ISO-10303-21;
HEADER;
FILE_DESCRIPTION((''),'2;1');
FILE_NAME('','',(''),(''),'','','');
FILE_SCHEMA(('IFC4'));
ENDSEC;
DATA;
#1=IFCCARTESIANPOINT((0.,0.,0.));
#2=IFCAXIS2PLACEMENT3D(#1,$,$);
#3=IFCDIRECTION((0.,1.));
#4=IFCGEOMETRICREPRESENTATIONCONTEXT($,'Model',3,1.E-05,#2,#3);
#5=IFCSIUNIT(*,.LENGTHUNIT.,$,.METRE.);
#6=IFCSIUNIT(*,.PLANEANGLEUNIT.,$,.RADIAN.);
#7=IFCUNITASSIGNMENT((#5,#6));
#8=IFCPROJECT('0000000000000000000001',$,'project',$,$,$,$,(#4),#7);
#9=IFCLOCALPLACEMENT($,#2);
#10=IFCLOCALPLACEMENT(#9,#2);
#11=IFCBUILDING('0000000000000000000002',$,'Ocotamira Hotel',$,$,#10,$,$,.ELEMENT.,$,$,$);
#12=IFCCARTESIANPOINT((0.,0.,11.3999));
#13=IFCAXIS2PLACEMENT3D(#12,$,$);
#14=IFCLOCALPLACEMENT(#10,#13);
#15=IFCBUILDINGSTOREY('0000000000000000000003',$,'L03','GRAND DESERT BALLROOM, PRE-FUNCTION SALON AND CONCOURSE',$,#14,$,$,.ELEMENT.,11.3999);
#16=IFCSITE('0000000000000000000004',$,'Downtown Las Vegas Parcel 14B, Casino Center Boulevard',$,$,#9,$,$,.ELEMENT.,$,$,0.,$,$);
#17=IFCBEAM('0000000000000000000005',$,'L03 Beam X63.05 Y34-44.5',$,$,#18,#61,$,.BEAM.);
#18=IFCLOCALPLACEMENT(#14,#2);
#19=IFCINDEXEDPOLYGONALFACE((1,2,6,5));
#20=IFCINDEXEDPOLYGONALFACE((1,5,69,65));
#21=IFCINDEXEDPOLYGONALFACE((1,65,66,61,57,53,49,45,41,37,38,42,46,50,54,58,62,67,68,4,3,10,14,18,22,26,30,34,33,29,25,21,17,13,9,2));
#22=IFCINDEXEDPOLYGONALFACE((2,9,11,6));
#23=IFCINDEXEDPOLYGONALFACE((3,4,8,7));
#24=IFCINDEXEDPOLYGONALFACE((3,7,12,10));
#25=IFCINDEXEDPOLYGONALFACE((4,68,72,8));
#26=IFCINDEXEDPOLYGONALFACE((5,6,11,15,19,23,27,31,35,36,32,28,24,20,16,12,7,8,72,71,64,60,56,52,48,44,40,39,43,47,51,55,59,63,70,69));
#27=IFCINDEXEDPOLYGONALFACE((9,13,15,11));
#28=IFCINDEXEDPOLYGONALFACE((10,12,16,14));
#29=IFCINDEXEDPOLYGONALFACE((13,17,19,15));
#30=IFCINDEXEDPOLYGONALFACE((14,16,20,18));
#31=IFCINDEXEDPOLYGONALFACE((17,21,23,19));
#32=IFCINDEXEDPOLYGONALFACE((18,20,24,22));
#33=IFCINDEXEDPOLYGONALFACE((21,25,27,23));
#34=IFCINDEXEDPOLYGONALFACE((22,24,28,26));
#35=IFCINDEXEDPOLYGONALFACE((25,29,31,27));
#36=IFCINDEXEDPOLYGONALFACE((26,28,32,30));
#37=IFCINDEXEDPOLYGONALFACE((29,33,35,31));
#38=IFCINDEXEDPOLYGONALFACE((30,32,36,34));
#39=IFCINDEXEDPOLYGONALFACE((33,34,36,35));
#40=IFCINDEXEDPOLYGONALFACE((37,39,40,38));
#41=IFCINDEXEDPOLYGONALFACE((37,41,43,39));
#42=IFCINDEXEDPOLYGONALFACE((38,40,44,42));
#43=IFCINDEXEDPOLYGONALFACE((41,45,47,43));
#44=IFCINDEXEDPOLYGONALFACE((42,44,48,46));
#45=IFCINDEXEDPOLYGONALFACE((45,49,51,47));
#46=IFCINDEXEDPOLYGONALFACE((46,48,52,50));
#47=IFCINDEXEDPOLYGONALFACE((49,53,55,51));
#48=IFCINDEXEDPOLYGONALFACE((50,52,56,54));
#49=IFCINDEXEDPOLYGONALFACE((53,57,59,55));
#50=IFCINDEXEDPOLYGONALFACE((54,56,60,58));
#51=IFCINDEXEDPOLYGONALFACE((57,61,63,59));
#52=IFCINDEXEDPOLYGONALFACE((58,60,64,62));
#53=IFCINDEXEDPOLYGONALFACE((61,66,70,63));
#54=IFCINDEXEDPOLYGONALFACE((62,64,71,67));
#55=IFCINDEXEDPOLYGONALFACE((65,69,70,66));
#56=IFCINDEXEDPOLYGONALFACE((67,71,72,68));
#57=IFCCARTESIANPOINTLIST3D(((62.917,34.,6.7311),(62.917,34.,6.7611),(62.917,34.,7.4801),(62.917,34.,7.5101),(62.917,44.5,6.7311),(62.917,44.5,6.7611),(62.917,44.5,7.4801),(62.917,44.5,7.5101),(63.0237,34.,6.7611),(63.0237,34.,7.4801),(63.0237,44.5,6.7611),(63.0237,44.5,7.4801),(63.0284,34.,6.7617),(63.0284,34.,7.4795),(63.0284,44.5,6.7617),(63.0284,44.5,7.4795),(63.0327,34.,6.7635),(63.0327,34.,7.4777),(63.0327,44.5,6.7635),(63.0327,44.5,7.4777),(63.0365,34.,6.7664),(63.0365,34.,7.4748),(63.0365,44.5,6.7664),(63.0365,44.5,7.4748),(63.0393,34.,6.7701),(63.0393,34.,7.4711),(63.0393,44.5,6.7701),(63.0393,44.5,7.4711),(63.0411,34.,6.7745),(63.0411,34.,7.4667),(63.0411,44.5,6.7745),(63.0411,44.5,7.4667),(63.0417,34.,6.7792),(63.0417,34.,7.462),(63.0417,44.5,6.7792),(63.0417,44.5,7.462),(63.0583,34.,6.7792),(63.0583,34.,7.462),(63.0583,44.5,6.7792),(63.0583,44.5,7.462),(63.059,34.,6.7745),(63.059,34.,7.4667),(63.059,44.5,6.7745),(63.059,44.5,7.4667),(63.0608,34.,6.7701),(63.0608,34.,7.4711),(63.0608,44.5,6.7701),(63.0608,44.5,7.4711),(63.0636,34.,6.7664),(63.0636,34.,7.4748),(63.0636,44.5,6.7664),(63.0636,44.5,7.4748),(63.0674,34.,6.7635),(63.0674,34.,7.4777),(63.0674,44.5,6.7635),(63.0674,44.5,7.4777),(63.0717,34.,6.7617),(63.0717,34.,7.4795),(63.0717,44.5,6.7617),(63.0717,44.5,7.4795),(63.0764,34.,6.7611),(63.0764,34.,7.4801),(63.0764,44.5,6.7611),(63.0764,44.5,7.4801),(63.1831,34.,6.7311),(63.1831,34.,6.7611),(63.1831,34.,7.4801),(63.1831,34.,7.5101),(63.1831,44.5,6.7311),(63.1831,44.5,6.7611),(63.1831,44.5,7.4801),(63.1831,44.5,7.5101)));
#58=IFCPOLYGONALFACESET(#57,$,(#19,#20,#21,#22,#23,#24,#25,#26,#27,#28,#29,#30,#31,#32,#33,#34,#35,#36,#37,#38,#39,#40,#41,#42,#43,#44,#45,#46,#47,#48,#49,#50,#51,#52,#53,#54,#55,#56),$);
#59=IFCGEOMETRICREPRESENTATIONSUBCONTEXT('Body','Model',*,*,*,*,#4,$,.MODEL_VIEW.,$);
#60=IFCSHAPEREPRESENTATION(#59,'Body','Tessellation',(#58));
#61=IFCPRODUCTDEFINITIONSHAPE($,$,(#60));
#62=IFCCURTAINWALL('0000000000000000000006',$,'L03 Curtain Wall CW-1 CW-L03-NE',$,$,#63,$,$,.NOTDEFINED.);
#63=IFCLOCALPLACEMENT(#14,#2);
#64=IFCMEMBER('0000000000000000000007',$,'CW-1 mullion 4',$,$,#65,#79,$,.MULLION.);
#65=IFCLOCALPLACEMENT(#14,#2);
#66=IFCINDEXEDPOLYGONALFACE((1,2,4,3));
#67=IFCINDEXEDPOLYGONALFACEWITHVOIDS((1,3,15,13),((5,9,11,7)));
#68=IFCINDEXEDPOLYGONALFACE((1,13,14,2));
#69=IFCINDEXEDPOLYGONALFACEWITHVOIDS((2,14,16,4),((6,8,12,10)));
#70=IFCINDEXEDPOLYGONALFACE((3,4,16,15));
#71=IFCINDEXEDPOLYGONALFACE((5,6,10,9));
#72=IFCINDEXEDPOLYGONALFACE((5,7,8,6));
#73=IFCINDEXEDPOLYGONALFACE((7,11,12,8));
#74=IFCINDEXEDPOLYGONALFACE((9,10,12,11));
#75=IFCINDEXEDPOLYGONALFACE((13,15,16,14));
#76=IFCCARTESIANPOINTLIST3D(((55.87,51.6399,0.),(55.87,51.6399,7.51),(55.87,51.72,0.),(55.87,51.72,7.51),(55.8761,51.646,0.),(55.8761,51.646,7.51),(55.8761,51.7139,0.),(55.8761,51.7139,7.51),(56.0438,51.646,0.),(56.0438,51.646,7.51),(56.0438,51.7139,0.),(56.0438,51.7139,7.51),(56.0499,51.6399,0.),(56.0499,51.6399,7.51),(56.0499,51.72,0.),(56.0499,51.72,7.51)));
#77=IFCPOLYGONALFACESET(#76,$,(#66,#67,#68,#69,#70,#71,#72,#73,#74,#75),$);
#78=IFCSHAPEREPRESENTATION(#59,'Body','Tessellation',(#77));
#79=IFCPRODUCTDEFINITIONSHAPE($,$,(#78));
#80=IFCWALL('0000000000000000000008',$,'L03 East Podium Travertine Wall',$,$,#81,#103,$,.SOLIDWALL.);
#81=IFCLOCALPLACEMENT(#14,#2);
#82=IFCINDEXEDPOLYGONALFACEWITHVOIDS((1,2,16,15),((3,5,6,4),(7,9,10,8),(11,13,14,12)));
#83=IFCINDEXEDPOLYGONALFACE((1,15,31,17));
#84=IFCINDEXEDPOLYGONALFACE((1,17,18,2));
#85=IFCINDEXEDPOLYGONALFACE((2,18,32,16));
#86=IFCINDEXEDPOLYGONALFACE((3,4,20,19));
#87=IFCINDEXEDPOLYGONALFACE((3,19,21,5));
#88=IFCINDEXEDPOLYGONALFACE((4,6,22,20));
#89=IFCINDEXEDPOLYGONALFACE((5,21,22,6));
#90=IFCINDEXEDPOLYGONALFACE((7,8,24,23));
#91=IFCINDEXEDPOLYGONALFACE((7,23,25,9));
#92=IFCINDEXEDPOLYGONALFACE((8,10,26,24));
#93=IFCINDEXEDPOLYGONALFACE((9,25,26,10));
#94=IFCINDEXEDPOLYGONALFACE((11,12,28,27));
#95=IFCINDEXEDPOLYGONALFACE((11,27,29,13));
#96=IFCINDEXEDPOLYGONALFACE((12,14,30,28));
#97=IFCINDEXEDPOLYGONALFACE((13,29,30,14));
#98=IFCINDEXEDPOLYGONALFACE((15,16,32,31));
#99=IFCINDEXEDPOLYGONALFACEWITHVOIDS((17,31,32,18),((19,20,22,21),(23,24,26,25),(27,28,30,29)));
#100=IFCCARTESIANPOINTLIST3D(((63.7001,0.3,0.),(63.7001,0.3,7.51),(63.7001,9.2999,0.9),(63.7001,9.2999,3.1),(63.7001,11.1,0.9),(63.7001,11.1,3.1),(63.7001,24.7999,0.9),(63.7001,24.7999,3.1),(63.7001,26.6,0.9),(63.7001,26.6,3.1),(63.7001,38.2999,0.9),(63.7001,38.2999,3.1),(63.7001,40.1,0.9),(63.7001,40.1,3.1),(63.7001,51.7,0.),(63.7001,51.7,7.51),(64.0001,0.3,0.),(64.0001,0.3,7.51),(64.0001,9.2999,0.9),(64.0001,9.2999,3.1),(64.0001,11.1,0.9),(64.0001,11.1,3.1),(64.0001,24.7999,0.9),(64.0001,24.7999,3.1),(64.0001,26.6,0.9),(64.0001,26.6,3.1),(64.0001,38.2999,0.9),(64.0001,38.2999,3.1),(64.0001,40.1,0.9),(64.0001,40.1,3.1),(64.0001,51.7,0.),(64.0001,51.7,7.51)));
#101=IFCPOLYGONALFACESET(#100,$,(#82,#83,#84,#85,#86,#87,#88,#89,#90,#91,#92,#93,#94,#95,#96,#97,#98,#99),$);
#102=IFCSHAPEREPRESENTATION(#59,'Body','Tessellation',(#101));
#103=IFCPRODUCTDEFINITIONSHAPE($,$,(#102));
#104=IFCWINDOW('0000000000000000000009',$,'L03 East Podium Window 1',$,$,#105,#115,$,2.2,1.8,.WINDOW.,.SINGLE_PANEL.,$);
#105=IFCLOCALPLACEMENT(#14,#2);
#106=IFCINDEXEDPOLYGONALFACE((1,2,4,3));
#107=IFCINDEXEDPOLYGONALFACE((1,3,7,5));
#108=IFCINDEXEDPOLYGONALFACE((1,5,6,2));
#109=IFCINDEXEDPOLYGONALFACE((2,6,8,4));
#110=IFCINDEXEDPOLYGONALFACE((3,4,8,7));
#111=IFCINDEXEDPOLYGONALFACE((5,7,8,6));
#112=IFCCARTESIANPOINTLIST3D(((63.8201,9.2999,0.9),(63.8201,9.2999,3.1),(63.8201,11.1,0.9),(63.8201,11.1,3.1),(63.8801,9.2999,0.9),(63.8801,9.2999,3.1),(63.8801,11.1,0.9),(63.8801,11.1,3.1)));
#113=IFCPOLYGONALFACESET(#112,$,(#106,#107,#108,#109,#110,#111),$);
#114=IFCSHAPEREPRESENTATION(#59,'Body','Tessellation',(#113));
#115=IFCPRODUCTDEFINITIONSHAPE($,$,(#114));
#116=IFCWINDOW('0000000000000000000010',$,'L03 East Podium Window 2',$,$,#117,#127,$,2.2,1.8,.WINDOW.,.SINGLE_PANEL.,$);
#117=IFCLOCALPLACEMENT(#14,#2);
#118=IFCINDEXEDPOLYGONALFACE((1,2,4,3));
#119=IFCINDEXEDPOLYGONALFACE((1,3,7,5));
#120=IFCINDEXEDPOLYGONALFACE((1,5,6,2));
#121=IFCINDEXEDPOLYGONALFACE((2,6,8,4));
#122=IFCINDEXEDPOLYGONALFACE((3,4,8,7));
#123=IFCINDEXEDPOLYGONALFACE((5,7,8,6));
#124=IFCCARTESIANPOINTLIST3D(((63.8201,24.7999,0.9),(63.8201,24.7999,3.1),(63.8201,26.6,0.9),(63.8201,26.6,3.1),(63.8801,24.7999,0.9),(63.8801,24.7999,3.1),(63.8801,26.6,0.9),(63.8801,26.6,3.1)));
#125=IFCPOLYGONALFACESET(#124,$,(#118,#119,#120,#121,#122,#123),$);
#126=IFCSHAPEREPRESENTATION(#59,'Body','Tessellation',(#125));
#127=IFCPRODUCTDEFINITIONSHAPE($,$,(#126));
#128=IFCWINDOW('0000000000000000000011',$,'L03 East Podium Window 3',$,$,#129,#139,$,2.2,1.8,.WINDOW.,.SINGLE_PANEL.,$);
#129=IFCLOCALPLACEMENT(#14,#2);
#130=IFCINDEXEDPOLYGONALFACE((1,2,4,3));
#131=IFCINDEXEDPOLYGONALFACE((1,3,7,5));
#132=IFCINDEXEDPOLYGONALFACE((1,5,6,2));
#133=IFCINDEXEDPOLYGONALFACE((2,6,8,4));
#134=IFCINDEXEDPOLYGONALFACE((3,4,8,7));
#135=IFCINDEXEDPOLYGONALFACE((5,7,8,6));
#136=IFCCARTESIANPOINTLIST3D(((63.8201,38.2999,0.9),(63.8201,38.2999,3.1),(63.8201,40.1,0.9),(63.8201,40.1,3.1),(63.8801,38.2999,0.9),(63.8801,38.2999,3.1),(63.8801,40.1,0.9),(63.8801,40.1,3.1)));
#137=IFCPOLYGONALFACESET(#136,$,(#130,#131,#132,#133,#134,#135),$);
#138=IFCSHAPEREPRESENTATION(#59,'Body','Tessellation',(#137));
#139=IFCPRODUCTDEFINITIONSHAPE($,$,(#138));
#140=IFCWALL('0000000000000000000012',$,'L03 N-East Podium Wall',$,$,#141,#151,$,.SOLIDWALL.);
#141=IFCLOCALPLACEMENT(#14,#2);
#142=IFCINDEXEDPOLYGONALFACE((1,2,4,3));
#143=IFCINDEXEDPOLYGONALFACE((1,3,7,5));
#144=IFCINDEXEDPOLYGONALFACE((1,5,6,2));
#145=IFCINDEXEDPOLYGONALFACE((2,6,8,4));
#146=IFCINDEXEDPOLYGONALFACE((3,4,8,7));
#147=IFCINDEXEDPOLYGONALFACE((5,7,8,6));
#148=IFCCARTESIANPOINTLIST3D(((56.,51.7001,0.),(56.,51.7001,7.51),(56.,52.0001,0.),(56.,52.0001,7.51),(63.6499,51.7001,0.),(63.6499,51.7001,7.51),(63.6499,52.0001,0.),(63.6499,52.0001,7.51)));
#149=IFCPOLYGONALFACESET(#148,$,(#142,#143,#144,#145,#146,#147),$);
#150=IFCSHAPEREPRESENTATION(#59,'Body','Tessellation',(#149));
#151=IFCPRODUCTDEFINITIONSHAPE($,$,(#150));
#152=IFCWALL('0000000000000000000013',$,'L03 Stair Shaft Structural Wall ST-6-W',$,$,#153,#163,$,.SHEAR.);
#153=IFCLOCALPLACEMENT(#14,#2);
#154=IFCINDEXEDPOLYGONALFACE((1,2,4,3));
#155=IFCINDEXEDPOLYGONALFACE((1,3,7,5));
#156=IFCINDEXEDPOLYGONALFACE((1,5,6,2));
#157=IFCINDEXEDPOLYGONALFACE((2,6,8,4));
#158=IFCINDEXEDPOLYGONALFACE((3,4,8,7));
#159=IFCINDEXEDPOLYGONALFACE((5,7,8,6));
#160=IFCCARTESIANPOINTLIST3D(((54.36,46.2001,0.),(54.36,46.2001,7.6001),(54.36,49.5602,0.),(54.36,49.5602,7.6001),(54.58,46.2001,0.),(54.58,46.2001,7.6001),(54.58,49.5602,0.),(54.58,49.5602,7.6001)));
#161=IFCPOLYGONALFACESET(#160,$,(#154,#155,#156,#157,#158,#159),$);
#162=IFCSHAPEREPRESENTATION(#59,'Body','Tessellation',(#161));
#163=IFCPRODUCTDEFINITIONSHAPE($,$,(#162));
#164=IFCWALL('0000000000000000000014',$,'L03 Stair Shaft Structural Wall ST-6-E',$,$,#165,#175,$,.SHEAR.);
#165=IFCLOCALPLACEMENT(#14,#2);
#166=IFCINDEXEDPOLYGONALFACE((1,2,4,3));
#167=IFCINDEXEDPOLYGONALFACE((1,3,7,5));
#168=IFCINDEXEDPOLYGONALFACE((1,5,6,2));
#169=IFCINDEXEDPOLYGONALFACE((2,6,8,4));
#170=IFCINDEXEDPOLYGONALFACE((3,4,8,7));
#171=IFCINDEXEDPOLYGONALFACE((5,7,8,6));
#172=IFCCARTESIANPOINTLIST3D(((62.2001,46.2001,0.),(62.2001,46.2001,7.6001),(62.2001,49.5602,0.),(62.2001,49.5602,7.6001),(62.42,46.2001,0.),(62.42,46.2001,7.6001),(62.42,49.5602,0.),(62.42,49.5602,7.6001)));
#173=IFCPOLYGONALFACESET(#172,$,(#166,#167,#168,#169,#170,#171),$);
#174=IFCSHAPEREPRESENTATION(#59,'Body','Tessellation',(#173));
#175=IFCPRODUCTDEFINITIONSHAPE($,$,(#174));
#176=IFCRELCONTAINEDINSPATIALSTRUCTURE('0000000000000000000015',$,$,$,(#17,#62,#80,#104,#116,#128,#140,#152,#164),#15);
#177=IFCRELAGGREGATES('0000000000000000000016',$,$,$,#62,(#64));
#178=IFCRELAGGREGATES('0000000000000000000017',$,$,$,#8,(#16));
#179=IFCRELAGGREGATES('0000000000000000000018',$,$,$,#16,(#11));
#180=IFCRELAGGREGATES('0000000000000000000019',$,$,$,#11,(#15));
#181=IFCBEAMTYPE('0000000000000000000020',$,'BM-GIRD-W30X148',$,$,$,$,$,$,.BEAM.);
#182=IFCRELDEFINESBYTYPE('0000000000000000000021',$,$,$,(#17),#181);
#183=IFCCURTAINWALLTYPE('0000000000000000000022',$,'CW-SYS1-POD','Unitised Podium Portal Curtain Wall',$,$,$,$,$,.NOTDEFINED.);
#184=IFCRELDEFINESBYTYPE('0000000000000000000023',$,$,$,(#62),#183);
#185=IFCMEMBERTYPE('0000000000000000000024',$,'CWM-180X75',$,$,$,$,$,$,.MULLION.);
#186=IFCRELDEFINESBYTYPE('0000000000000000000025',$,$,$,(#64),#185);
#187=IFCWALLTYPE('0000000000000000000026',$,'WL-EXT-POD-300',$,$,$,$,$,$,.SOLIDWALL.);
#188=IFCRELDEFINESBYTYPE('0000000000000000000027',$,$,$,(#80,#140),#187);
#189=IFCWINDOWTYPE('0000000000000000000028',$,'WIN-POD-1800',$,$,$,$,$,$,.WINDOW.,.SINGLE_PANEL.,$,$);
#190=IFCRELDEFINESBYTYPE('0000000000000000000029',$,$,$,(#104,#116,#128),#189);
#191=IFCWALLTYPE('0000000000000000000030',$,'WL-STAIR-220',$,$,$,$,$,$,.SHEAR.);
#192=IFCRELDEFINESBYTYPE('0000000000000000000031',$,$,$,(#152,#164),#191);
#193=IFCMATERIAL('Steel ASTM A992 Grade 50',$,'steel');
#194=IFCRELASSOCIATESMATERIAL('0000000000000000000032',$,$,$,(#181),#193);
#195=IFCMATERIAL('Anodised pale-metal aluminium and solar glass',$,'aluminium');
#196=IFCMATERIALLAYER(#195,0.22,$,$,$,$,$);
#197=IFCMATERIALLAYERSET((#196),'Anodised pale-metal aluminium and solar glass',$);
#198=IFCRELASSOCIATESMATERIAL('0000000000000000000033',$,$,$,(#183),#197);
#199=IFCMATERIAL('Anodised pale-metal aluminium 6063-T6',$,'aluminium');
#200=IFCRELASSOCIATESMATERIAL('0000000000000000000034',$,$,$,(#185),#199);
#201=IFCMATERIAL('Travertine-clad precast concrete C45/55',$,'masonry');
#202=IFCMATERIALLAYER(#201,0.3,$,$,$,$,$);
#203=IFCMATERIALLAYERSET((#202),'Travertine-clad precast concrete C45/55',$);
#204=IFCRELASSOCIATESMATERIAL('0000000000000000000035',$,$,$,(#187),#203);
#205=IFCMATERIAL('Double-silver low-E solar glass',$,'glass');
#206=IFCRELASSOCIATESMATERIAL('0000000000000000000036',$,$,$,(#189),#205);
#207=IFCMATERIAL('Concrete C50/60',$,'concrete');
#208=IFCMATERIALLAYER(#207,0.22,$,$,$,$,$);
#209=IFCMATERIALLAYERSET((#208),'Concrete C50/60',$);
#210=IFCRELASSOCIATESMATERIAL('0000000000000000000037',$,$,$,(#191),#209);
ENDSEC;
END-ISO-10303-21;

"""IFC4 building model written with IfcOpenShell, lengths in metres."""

from ifc_helpers import new_model, si_unit, direction, frame, frame_2d, origin, origin_2d, place, context, subcontext, project, spatial, rectangle, hollow_rectangle, i_section, extrude, source, transform, mapped, material, layer, layer_set, material_profile, profile_set, type_object, element, fill, aggregate, save


model = new_model("IFC4")

# Units and contexts
model_context = context("Model", 3, precision=1e-05, world=origin(), true_north=direction((0.0, 1.0)))
body_context = subcontext(model_context, "Body", "Model", "MODEL_VIEW")
ifc_project = project(units=[si_unit("LENGTHUNIT", "METRE"), si_unit("PLANEANGLEUNIT", "RADIAN")], contexts=[model_context])

# Site, building, storey
site_placement = place(None, origin())
site = spatial("IfcSite", under=ifc_project, at=site_placement, Name="Downtown Las Vegas Parcel 14B, Casino Center Boulevard", CompositionType="ELEMENT", RefElevation=0.0)
building_placement = place(site_placement, origin())
building = spatial("IfcBuilding", under=site, at=building_placement, Name="Ocotamira Hotel", CompositionType="ELEMENT")
storey_placement = place(building_placement, frame((0.0, 0.0, 11.3999)))
storey = spatial("IfcBuildingStorey", under=building, at=storey_placement, Name="L03", Description="GRAND DESERT BALLROOM, PRE-FUNCTION SALON AND CONCOURSE", CompositionType="ELEMENT", Elevation=11.3999)

# Shared definitions
ifc_material_1 = material(Name="Concrete C50/60", Category="concrete")

# Beam
ifc_material_2 = material(Name="Steel ASTM A992 Grade 50", Category="steel")
ifc_material_profile_1 = material_profile(ifc_material_2, i_section(OverallWidth=0.2661, OverallDepth=0.7791, WebThickness=0.0166, FlangeThickness=0.03, FilletRadius=0.0181, at=origin_2d()), Name="W30X148")
ifc_profile_set_1 = profile_set([ifc_material_profile_1], Name="Steel ASTM A992 Grade 50")
beam_type_1 = type_object("IfcBeamType", Name="BM-GIRD-W30X148", PredefinedType="BEAM", material=ifc_profile_set_1)
shared_shape_1 = source(origin(), body_context, "Body", "SweptSolid", [
    extrude(i_section(OverallWidth=0.2661, OverallDepth=0.7791, WebThickness=0.0166, FlangeThickness=0.03, FilletRadius=0.0181, at=origin_2d()), origin(), (0.0, 0.0, 1.0), 10.5),
])
beam_placement = place(storey_placement, frame((63.05, 34.0, 7.1206), z_axis=(0.0, 1.0, 0.0), x_axis=(-1.0, 0.0, 0.0)))
element("IfcBeam", 1, at=beam_placement, inside=storey, type_object=beam_type_1, Name="L03 Beam X63.05 Y34-44.5", PredefinedType="BEAM", context=body_context, shape_type="MappedRepresentation", body=[
    mapped(shared_shape_1, transform((0.0, 0.0, 0.0), scale=1.0)),
])

# Curtain wall, member
ifc_material_3 = material(Name="Anodised pale-metal aluminium and solar glass", Category="aluminium")
ifc_layer_1 = layer(ifc_material_3, 0.22)
ifc_layer_set_1 = layer_set([ifc_layer_1], Name="Anodised pale-metal aluminium and solar glass")
curtain_wall_type = type_object("IfcCurtainWallType", Name="CW-SYS1-POD", Description="Unitised Podium Portal Curtain Wall", PredefinedType="NOTDEFINED", material=ifc_layer_set_1)
curtain_wall_placement = place(storey_placement, origin())
curtain_wall = element("IfcCurtainWall", 2, at=curtain_wall_placement, inside=storey, type_object=curtain_wall_type, Name="L03 Curtain Wall CW-1 CW-L03-NE", PredefinedType="NOTDEFINED")
ifc_material_4 = material(Name="Anodised pale-metal aluminium 6063-T6", Category="aluminium")
ifc_material_profile_2 = material_profile(ifc_material_4, hollow_rectangle(XDim=0.0801, YDim=0.1799, WallThickness=0.0061, at=origin_2d()), Name="HSS180X80X6")
ifc_profile_set_2 = profile_set([ifc_material_profile_2], Name="Anodised pale-metal aluminium 6063-T6")
member_type = type_object("IfcMemberType", Name="CWM-180X75", PredefinedType="MULLION", material=ifc_profile_set_2)
shared_shape_2 = source(origin(), body_context, "Body", "SweptSolid", [
    extrude(hollow_rectangle(XDim=0.0801, YDim=0.1799, WallThickness=0.0061, at=origin_2d()), origin(), (0.0, 0.0, 1.0), 7.51),
])
member_placement = place(storey_placement, frame((55.96, 51.6799, 0.0), z_axis=(0.0, 0.0, 1.0), x_axis=(0.0, 1.0, 0.0)))
member = element("IfcMember", 3, at=member_placement, type_object=member_type, Name="CW-1 mullion 4", PredefinedType="MULLION", context=body_context, shape_type="MappedRepresentation", body=[
    mapped(shared_shape_2, transform((0.0, 0.0, 0.0), scale=1.0)),
])
aggregate(curtain_wall, [member])

# Wall, openings, windows
ifc_material_5 = material(Name="Travertine-clad precast concrete C45/55", Category="masonry")
ifc_layer_2 = layer(ifc_material_5, 0.3)
ifc_layer_set_2 = layer_set([ifc_layer_2], Name="Travertine-clad precast concrete C45/55")
wall_type_1 = type_object("IfcWallType", Name="WL-EXT-POD-300", PredefinedType="SOLIDWALL", material=ifc_layer_set_2)
wall_1_placement = place(storey_placement, frame((63.8501, 51.7, 0.0), z_axis=(0.0, 0.0, 1.0), x_axis=(0.0, -1.0, 0.0)))
wall_1 = element("IfcWall", 4, at=wall_1_placement, inside=storey, type_object=wall_type_1, Name="L03 East Podium Travertine Wall", PredefinedType="SOLIDWALL", context=body_context, shape_type="SweptSolid", body=[
    extrude(rectangle(XDim=51.3999, YDim=0.3, at=frame_2d((25.7, 0.0))), origin(), (0.0, 0.0, 1.0), 7.51),
])
opening_1_placement = place(wall_1_placement, frame((40.6001, 0.0, 0.8999)))
opening_1 = element("IfcOpeningElement", 5, at=opening_1_placement, cuts=wall_1, PredefinedType="OPENING", context=body_context, shape_type="SweptSolid", body=[
    extrude(rectangle(XDim=1.8, YDim=2.2, at=frame_2d((0.8999, 1.1001))), frame((0.0, 0.1602, 0.0), z_axis=(0.0, -1.0, 0.0), x_axis=(1.0, 0.0, 0.0)), (0.0, 0.0, 1.0), 0.3201),
])
opening_2_placement = place(wall_1_placement, frame((25.1001, 0.0, 0.8999)))
opening_2 = element("IfcOpeningElement", 6, at=opening_2_placement, cuts=wall_1, PredefinedType="OPENING", context=body_context, shape_type="SweptSolid", body=[
    extrude(rectangle(XDim=1.8, YDim=2.2, at=frame_2d((0.8999, 1.1001))), frame((0.0, 0.1602, 0.0), z_axis=(0.0, -1.0, 0.0), x_axis=(1.0, 0.0, 0.0)), (0.0, 0.0, 1.0), 0.3201),
])
opening_3_placement = place(wall_1_placement, frame((11.6001, 0.0, 0.8999)))
opening_3 = element("IfcOpeningElement", 7, at=opening_3_placement, cuts=wall_1, PredefinedType="OPENING", context=body_context, shape_type="SweptSolid", body=[
    extrude(rectangle(XDim=1.8, YDim=2.2, at=frame_2d((0.8999, 1.1001))), frame((0.0, 0.1602, 0.0), z_axis=(0.0, -1.0, 0.0), x_axis=(1.0, 0.0, 0.0)), (0.0, 0.0, 1.0), 0.3201),
])
ifc_material_6 = material(Name="Double-silver low-E solar glass", Category="glass")
window_type = type_object("IfcWindowType", Name="WIN-POD-1800", PartitioningType="SINGLE_PANEL", PredefinedType="WINDOW", material=ifc_material_6)
shared_shape_3 = source(origin(), body_context, "Body", "SweptSolid", [
    extrude(rectangle(XDim=1.8, YDim=2.2, at=frame_2d((0.8999, 1.1001))), frame((0.0, 0.03, 0.0), z_axis=(0.0, -1.0, 0.0), x_axis=(1.0, 0.0, 0.0)), (0.0, 0.0, 1.0), 0.0601),
])
window_1_placement = place(opening_1_placement, origin())
window_1 = element("IfcWindow", 8, at=window_1_placement, inside=storey, type_object=window_type, Name="L03 East Podium Window 1", OverallHeight=2.2, OverallWidth=1.8, PartitioningType="SINGLE_PANEL", PredefinedType="WINDOW", context=body_context, shape_type="MappedRepresentation", body=[
    mapped(shared_shape_3, transform((0.0, 0.0, 0.0), scale=1.0)),
])
fill(opening_1, window_1)
window_2_placement = place(opening_2_placement, origin())
window_2 = element("IfcWindow", 9, at=window_2_placement, inside=storey, type_object=window_type, Name="L03 East Podium Window 2", OverallHeight=2.2, OverallWidth=1.8, PartitioningType="SINGLE_PANEL", PredefinedType="WINDOW", context=body_context, shape_type="MappedRepresentation", body=[
    mapped(shared_shape_3, transform((0.0, 0.0, 0.0), scale=1.0)),
])
fill(opening_2, window_2)
window_3_placement = place(opening_3_placement, origin())
window_3 = element("IfcWindow", 10, at=window_3_placement, inside=storey, type_object=window_type, Name="L03 East Podium Window 3", OverallHeight=2.2, OverallWidth=1.8, PartitioningType="SINGLE_PANEL", PredefinedType="WINDOW", context=body_context, shape_type="MappedRepresentation", body=[
    mapped(shared_shape_3, transform((0.0, 0.0, 0.0), scale=1.0)),
])
fill(opening_3, window_3)

# Walls
wall_2_placement = place(storey_placement, frame((56.0, 51.8501, 0.0), z_axis=(0.0, 0.0, 1.0), x_axis=(1.0, 0.0, 0.0)))
element("IfcWall", 11, at=wall_2_placement, inside=storey, type_object=wall_type_1, Name="L03 N-East Podium Wall", PredefinedType="SOLIDWALL", context=body_context, shape_type="SweptSolid", body=[
    extrude(rectangle(XDim=7.6499, YDim=0.3, at=frame_2d((3.825, 0.0))), origin(), (0.0, 0.0, 1.0), 7.51),
])
ifc_layer_3 = layer(ifc_material_1, 0.22)
ifc_layer_set_3 = layer_set([ifc_layer_3], Name="Concrete C50/60")
wall_type_2 = type_object("IfcWallType", Name="WL-STAIR-220", PredefinedType="SHEAR", material=ifc_layer_set_3)
for number, where, z_axis, x_axis, name in (
    (12, (54.47, 46.2, 0.0), (0.0, 0.0, 1.0), (0.0, 1.0, 0.0), "L03 Stair Shaft Structural Wall ST-6-W"),
    (13, (62.3101, 46.2, 0.0), (0.0, 0.0, 1.0), (0.0, 1.0, 0.0), "L03 Stair Shaft Structural Wall ST-6-E"),
):
    element("IfcWall", number, at=place(storey_placement, frame(where, z_axis=z_axis, x_axis=x_axis)), inside=storey, type_object=wall_type_2, Name=name, PredefinedType="SHEAR", context=body_context, shape_type="SweptSolid", body=[
        extrude(rectangle(XDim=3.3601, YDim=0.22, at=frame_2d((1.6802, 0.0))), origin(), (0.0, 0.0, 1.0), 7.6001),
    ])

save(model, "model.ifc")
